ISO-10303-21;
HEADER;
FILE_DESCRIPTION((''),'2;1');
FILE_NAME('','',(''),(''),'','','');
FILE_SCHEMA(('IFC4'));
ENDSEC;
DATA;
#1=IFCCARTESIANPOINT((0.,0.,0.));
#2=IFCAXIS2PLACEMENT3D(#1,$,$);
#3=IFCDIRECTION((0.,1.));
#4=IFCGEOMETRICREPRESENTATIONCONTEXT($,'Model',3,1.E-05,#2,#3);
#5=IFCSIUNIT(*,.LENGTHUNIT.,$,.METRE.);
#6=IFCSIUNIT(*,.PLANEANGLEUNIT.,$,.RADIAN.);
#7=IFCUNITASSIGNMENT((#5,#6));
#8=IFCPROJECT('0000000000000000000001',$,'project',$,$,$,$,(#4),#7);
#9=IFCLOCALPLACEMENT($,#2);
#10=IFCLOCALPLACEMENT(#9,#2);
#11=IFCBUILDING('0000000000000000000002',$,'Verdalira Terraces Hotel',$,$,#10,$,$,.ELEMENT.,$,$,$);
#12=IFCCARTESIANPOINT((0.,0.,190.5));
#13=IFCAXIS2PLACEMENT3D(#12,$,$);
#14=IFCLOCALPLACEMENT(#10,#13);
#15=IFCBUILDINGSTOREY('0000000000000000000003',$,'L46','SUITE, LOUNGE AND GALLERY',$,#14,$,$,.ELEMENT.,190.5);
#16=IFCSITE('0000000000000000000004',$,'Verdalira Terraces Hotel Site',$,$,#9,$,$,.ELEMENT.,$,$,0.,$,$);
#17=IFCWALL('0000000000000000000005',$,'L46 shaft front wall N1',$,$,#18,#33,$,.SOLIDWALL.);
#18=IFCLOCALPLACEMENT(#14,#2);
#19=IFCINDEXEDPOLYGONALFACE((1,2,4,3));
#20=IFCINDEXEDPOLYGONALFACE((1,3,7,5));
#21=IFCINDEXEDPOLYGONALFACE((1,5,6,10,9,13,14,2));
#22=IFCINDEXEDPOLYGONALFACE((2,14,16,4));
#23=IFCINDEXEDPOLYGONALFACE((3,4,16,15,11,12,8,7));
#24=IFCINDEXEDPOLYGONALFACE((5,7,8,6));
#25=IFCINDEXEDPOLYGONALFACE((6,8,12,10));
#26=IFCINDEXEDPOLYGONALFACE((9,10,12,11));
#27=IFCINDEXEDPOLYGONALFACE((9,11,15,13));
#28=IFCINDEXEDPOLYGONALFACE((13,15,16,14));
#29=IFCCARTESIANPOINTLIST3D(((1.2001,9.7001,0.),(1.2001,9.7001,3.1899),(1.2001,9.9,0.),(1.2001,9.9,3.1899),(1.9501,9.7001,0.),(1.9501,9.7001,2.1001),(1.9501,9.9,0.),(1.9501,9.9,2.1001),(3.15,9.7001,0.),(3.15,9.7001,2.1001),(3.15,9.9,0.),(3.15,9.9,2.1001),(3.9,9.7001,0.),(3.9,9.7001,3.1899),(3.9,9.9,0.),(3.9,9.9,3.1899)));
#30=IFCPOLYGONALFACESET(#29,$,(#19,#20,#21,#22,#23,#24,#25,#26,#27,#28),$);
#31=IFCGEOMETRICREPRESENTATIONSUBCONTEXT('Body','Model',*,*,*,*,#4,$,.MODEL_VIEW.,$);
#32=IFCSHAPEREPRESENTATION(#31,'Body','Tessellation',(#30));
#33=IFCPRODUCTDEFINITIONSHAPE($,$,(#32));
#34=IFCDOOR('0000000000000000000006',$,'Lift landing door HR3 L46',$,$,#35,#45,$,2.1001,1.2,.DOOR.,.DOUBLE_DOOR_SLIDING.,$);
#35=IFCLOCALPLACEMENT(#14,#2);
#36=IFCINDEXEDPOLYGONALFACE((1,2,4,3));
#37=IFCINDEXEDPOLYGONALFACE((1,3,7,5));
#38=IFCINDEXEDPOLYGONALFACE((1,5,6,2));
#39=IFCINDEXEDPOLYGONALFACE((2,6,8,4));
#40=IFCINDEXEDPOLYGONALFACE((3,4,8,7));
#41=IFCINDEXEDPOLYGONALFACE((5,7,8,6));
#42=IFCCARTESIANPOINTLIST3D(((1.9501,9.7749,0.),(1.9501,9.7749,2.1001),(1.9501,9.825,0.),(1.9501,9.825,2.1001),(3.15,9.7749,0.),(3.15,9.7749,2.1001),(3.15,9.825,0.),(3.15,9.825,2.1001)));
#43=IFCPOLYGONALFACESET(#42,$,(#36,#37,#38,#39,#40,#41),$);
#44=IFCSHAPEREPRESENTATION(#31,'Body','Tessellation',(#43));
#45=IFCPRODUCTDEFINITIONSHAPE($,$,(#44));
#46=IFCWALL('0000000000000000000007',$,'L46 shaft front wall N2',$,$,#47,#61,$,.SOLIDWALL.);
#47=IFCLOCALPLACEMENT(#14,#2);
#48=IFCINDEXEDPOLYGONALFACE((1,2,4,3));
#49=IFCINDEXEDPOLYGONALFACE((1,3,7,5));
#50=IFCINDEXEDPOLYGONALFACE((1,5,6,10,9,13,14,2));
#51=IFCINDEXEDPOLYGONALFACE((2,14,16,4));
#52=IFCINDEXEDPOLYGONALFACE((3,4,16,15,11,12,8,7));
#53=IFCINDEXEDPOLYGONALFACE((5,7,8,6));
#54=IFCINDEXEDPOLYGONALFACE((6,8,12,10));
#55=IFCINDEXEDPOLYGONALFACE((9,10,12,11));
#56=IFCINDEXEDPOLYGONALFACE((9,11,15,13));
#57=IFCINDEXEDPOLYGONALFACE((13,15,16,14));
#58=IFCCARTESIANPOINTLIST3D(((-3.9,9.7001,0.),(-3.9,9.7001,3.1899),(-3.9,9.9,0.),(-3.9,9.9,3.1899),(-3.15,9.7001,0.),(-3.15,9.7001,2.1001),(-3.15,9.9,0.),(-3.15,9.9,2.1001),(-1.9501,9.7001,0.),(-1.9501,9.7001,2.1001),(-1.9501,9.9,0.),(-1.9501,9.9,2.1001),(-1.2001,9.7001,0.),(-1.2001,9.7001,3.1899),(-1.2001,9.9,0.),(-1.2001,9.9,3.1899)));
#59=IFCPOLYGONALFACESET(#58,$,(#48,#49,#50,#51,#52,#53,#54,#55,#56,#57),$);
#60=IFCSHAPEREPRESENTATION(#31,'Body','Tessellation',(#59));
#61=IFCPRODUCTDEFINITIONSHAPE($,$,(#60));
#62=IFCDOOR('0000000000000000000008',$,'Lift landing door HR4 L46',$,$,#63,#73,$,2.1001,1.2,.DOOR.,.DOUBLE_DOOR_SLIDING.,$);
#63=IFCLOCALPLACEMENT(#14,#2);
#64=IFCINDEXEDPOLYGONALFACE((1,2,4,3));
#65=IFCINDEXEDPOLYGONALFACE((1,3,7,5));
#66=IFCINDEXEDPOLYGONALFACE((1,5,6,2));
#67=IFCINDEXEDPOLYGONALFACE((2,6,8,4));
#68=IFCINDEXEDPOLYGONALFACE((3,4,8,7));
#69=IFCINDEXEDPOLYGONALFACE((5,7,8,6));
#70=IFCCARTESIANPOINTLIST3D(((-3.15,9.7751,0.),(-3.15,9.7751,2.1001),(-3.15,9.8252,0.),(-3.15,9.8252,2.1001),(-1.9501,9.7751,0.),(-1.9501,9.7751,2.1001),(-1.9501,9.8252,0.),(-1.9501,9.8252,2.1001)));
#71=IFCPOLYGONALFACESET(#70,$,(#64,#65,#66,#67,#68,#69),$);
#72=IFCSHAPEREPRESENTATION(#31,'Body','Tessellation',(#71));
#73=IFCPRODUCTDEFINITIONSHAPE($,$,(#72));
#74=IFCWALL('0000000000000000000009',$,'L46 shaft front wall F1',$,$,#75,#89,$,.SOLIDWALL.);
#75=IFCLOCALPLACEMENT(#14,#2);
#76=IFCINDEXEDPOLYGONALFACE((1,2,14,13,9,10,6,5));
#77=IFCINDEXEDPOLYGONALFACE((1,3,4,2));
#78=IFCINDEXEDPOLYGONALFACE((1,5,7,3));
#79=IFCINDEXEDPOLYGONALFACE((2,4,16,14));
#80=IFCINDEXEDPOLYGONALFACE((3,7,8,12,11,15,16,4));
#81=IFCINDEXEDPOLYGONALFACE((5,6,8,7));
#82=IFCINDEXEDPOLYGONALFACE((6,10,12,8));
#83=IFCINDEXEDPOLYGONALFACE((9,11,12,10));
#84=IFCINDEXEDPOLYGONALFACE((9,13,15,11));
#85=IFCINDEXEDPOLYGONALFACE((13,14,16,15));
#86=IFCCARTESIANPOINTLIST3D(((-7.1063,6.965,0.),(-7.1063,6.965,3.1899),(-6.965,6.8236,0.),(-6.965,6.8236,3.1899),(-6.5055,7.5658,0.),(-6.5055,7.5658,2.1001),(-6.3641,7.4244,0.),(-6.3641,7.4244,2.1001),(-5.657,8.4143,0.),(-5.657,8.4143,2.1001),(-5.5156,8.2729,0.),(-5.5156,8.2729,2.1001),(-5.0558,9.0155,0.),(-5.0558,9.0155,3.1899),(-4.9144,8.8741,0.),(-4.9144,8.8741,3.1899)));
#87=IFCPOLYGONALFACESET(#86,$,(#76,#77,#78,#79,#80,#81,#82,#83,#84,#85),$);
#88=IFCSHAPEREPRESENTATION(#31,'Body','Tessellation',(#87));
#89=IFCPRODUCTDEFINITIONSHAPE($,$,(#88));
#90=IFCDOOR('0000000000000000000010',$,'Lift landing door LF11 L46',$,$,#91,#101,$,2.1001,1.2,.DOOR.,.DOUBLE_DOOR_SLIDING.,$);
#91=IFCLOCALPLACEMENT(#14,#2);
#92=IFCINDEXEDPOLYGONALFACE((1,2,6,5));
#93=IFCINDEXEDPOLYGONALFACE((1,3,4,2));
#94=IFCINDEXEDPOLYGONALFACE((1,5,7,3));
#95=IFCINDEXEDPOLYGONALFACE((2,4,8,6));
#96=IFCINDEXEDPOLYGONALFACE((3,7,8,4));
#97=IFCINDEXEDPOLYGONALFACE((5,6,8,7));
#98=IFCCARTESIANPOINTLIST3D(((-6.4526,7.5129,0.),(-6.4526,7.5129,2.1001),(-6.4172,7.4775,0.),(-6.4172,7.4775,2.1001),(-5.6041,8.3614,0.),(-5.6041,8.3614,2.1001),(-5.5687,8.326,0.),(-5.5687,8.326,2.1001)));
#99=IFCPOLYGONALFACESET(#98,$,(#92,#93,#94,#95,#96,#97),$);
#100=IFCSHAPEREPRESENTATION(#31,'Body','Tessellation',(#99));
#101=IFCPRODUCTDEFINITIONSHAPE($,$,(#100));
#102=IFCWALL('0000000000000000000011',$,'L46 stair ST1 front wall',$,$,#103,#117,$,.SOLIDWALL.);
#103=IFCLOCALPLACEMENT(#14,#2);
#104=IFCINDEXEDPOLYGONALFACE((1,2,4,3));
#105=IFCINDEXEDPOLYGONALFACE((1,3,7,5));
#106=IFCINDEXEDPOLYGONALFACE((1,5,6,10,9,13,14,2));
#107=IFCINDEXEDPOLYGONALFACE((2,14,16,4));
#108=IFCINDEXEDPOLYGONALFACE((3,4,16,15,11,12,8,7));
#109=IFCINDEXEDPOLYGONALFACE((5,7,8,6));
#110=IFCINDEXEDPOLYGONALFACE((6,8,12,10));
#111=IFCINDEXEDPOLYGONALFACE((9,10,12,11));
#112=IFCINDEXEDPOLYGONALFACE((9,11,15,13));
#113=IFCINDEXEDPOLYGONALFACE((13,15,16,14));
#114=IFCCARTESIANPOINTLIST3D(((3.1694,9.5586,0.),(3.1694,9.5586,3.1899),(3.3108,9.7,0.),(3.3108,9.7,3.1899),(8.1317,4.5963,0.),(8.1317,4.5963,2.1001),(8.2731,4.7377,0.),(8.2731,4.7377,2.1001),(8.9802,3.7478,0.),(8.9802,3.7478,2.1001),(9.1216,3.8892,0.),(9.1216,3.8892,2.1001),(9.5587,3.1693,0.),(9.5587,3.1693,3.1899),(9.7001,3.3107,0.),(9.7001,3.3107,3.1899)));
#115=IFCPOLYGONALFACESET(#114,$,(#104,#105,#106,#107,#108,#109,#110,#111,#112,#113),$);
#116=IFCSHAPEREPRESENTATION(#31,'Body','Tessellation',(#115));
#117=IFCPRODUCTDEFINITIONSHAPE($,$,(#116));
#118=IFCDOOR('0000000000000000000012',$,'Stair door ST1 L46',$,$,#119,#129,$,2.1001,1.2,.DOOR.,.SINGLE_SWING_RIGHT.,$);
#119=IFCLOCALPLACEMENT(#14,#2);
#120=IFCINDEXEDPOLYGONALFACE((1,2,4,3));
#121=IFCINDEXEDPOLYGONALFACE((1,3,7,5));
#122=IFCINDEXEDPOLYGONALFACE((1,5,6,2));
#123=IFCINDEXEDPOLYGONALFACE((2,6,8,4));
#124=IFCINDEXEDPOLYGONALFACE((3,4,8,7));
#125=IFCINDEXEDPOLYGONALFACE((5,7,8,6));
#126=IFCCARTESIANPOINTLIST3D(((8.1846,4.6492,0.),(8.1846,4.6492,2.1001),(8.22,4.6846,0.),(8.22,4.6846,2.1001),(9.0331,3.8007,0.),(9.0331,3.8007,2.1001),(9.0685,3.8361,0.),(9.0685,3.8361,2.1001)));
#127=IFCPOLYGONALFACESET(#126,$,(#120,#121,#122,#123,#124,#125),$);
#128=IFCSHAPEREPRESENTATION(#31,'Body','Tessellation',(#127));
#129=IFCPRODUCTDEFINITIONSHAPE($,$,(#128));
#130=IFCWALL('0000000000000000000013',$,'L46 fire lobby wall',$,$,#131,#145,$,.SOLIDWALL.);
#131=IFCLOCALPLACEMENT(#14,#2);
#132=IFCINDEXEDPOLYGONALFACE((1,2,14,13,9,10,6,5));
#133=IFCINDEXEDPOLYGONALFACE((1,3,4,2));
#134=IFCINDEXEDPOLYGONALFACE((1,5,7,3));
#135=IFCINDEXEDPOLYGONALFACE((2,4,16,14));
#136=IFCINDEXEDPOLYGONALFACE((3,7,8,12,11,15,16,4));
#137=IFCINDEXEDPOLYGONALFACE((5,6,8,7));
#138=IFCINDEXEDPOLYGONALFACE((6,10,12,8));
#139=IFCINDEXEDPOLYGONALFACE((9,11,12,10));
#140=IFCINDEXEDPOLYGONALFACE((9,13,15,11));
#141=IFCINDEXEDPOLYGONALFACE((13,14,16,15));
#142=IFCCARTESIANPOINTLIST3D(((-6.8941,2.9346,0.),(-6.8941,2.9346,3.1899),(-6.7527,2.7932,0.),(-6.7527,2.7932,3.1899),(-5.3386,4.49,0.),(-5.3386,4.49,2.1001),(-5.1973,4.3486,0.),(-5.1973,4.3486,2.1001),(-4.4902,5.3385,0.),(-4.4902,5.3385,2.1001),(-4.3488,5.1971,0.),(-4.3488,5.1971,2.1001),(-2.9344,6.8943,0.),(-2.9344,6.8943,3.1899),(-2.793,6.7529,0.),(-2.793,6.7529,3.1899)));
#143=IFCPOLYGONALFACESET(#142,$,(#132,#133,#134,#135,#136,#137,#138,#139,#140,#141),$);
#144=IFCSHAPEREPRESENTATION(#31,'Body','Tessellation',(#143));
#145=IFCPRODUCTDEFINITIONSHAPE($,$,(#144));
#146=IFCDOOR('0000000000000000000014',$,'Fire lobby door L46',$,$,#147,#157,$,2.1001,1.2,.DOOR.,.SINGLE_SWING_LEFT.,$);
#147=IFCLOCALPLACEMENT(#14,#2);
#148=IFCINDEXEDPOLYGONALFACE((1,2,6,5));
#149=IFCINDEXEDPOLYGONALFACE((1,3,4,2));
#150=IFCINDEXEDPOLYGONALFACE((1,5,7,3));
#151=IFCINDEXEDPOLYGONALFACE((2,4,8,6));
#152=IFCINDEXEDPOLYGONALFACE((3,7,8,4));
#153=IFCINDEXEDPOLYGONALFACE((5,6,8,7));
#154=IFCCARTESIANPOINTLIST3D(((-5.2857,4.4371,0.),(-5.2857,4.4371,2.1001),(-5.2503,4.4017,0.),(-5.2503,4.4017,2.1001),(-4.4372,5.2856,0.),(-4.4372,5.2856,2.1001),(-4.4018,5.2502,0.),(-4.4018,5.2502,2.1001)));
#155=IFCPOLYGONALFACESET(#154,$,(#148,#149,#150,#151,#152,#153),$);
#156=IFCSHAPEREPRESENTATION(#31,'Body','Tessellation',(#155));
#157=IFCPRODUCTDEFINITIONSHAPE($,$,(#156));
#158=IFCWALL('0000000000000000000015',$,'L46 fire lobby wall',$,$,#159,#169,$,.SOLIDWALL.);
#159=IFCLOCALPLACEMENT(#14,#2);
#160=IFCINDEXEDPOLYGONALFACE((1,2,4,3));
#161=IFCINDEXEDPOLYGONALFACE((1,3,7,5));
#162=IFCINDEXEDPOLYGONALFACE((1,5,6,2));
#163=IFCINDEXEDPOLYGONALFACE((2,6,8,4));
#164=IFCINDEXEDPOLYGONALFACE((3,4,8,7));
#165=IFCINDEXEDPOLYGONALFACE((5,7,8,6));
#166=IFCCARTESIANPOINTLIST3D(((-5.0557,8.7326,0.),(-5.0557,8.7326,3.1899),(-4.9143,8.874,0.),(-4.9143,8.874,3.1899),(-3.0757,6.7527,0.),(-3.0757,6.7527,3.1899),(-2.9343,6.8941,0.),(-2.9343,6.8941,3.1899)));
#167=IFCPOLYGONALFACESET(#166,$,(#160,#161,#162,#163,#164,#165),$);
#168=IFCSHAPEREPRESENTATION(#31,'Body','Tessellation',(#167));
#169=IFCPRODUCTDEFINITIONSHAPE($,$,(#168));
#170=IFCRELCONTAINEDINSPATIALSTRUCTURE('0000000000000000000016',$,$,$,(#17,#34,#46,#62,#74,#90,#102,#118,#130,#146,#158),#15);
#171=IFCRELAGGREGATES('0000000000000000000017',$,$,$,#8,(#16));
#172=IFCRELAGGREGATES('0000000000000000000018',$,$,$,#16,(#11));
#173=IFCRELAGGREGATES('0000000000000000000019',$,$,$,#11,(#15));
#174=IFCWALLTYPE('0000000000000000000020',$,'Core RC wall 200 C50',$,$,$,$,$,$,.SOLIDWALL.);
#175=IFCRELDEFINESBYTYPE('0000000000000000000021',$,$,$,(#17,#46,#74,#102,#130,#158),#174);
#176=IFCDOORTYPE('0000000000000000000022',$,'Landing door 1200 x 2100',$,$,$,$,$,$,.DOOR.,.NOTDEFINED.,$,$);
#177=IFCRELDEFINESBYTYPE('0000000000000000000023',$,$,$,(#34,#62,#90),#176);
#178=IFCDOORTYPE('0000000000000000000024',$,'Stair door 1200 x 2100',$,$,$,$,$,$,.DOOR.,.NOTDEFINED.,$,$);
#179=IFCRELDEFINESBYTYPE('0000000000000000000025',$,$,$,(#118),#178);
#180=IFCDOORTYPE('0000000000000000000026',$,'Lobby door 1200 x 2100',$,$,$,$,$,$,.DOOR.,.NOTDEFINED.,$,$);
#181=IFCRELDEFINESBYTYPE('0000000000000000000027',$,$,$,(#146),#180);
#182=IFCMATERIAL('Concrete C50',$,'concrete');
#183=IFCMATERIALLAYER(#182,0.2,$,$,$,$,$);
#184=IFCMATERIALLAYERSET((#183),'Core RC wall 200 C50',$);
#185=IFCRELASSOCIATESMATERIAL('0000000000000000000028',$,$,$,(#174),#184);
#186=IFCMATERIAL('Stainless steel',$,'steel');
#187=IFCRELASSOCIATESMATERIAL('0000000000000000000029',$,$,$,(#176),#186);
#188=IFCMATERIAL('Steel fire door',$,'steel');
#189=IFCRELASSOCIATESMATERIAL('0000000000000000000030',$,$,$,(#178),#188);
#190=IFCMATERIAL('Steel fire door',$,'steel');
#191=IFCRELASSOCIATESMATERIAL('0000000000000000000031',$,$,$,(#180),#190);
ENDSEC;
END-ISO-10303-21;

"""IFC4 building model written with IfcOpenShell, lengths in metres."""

from ifc_helpers import new_model, si_unit, direction, frame, frame_2d, origin, place, context, subcontext, project, spatial, rectangle, extrude, material, layer, layer_set, type_object, element, fill, save


model = new_model("IFC4")

# Units and contexts
model_context = context("Model", 3, precision=1e-05, world=origin(), true_north=direction((0.0, 1.0)))
body_context = subcontext(model_context, "Body", "Model", "MODEL_VIEW")
ifc_project = project(units=[si_unit("LENGTHUNIT", "METRE"), si_unit("PLANEANGLEUNIT", "RADIAN")], contexts=[model_context])

# Site, building, storey
site_placement = place(None, origin())
site = spatial("IfcSite", under=ifc_project, at=site_placement, Name="Verdalira Terraces Hotel Site", CompositionType="ELEMENT", RefElevation=0.0)
building_placement = place(site_placement, origin())
building = spatial("IfcBuilding", under=site, at=building_placement, Name="Verdalira Terraces Hotel", CompositionType="ELEMENT")
storey_placement = place(building_placement, frame((0.0, 0.0, 190.5)))
storey = spatial("IfcBuildingStorey", under=building, at=storey_placement, Name="L46", Description="SUITE, LOUNGE AND GALLERY", CompositionType="ELEMENT", Elevation=190.5)

# Walls, openings, doors
ifc_material_1 = material(Name="Concrete C50", Category="concrete")
ifc_layer_1 = layer(ifc_material_1, 0.2)
ifc_layer_set_1 = layer_set([ifc_layer_1], Name="Core RC wall 200 C50")
wall_type_1 = type_object("IfcWallType", Name="Core RC wall 200 C50", PredefinedType="SOLIDWALL", material=ifc_layer_set_1)
wall_1_placement = place(storey_placement, frame((1.2, 9.8, 0.0), z_axis=(0.0, 0.0, 1.0), x_axis=(1.0, 0.0, 0.0)))
wall_1 = element("IfcWall", 1, at=wall_1_placement, inside=storey, type_object=wall_type_1, Name="L46 shaft front wall N1", PredefinedType="SOLIDWALL", context=body_context, shape_type="SweptSolid", body=[
    extrude(rectangle(XDim=2.7, YDim=0.2, at=frame_2d((1.3501, 0.0))), origin(), (0.0, 0.0, 1.0), 3.1899),
])
opening_1_placement = place(wall_1_placement, frame((0.75, 0.0, 0.0)))
opening_1 = element("IfcOpeningElement", 2, at=opening_1_placement, cuts=wall_1, PredefinedType="OPENING", context=body_context, shape_type="SweptSolid", body=[
    extrude(rectangle(XDim=1.2, YDim=2.1001, at=frame_2d((0.6001, 1.05))), frame((0.0, 0.1099, 0.0), z_axis=(0.0, -1.0, 0.0), x_axis=(1.0, 0.0, 0.0)), (0.0, 0.0, 1.0), 0.22),
])
ifc_material_2 = material(Name="Stainless steel", Category="steel")
door_type_1 = type_object("IfcDoorType", Name="Landing door 1200 x 2100", OperationType="NOTDEFINED", PredefinedType="DOOR", material=ifc_material_2)
door_1_placement = place(opening_1_placement, origin())
door_1 = element("IfcDoor", 3, at=door_1_placement, inside=storey, type_object=door_type_1, Name="Lift landing door HR3 L46", OperationType="DOUBLE_DOOR_SLIDING", OverallHeight=2.1001, OverallWidth=1.2, PredefinedType="DOOR", context=body_context, shape_type="SweptSolid", body=[
    extrude(rectangle(XDim=1.2, YDim=2.1001, at=frame_2d((0.6001, 1.05))), frame((0.0, 0.0249, 0.0), z_axis=(0.0, -1.0, 0.0), x_axis=(1.0, 0.0, 0.0)), (0.0, 0.0, 1.0), 0.05),
])
fill(opening_1, door_1)
wall_2_placement = place(storey_placement, frame((-1.2, 9.8, 0.0), z_axis=(0.0, 0.0, 1.0), x_axis=(-1.0, 0.0, 0.0)))
wall_2 = element("IfcWall", 4, at=wall_2_placement, inside=storey, type_object=wall_type_1, Name="L46 shaft front wall N2", PredefinedType="SOLIDWALL", context=body_context, shape_type="SweptSolid", body=[
    extrude(rectangle(XDim=2.7, YDim=0.2, at=frame_2d((1.3501, 0.0))), origin(), (0.0, 0.0, 1.0), 3.1899),
])
opening_2_placement = place(wall_2_placement, frame((0.75, 0.0, 0.0)))
opening_2 = element("IfcOpeningElement", 5, at=opening_2_placement, cuts=wall_2, PredefinedType="OPENING", context=body_context, shape_type="SweptSolid", body=[
    extrude(rectangle(XDim=1.2, YDim=2.1001, at=frame_2d((0.6001, 1.05))), frame((0.0, 0.1099, 0.0), z_axis=(0.0, -1.0, 0.0), x_axis=(1.0, 0.0, 0.0)), (0.0, 0.0, 1.0), 0.22),
])
door_2_placement = place(opening_2_placement, origin())
door_2 = element("IfcDoor", 6, at=door_2_placement, inside=storey, type_object=door_type_1, Name="Lift landing door HR4 L46", OperationType="DOUBLE_DOOR_SLIDING", OverallHeight=2.1001, OverallWidth=1.2, PredefinedType="DOOR", context=body_context, shape_type="SweptSolid", body=[
    extrude(rectangle(XDim=1.2, YDim=2.1001, at=frame_2d((0.6001, 1.05))), frame((0.0, 0.0249, 0.0), z_axis=(0.0, -1.0, 0.0), x_axis=(1.0, 0.0, 0.0)), (0.0, 0.0, 1.0), 0.05),
])
fill(opening_2, door_2)
wall_3_placement = place(storey_placement, frame((-4.9851, 8.9448, 0.0), z_axis=(0.0, 0.0, 1.0), x_axis=(-0.707107, -0.707107, 0.0)))
wall_3 = element("IfcWall", 7, at=wall_3_placement, inside=storey, type_object=wall_type_1, Name="L46 shaft front wall F1", PredefinedType="SOLIDWALL", context=body_context, shape_type="SweptSolid", body=[
    extrude(rectangle(XDim=2.8999, YDim=0.2, at=frame_2d((1.45, 0.0))), origin(), (0.0, 0.0, 1.0), 3.1899),
])
opening_3_placement = place(wall_3_placement, frame((0.8501, 0.0, 0.0)))
opening_3 = element("IfcOpeningElement", 8, at=opening_3_placement, cuts=wall_3, PredefinedType="OPENING", context=body_context, shape_type="SweptSolid", body=[
    extrude(rectangle(XDim=1.2, YDim=2.1001, at=frame_2d((0.6001, 1.05))), frame((0.0, 0.1099, 0.0), z_axis=(0.0, -1.0, 0.0), x_axis=(1.0, 0.0, 0.0)), (0.0, 0.0, 1.0), 0.22),
])
door_3_placement = place(opening_3_placement, origin())
door_3 = element("IfcDoor", 9, at=door_3_placement, inside=storey, type_object=door_type_1, Name="Lift landing door LF11 L46", OperationType="DOUBLE_DOOR_SLIDING", OverallHeight=2.1001, OverallWidth=1.2, PredefinedType="DOOR", context=body_context, shape_type="SweptSolid", body=[
    extrude(rectangle(XDim=1.2, YDim=2.1001, at=frame_2d((0.6001, 1.05))), frame((0.0, 0.0249, 0.0), z_axis=(0.0, -1.0, 0.0), x_axis=(1.0, 0.0, 0.0)), (0.0, 0.0, 1.0), 0.05),
])
fill(opening_3, door_3)
wall_4_placement = place(storey_placement, frame((3.24, 9.6294, 0.0), z_axis=(0.0, 0.0, 1.0), x_axis=(0.707107, -0.707107, 0.0)))
wall_4 = element("IfcWall", 10, at=wall_4_placement, inside=storey, type_object=wall_type_1, Name="L46 stair ST1 front wall", PredefinedType="SOLIDWALL", context=body_context, shape_type="SweptSolid", body=[
    extrude(rectangle(XDim=9.0359, YDim=0.2, at=frame_2d((4.5181, 0.0))), origin(), (0.0, 0.0, 1.0), 3.1899),
])
opening_4_placement = place(wall_4_placement, frame((7.0178, 0.0, 0.0)))
opening_4 = element("IfcOpeningElement", 11, at=opening_4_placement, cuts=wall_4, PredefinedType="OPENING", context=body_context, shape_type="SweptSolid", body=[
    extrude(rectangle(XDim=1.2, YDim=2.1001, at=frame_2d((0.6001, 1.05))), frame((0.0, 0.1099, 0.0), z_axis=(0.0, -1.0, 0.0), x_axis=(1.0, 0.0, 0.0)), (0.0, 0.0, 1.0), 0.22),
])
ifc_material_3 = material(Name="Steel fire door", Category="steel")
door_type_2 = type_object("IfcDoorType", Name="Stair door 1200 x 2100", OperationType="NOTDEFINED", PredefinedType="DOOR", material=ifc_material_3)
door_4_placement = place(opening_4_placement, origin())
door_4 = element("IfcDoor", 12, at=door_4_placement, inside=storey, type_object=door_type_2, Name="Stair door ST1 L46", OperationType="SINGLE_SWING_RIGHT", OverallHeight=2.1001, OverallWidth=1.2, PredefinedType="DOOR", context=body_context, shape_type="SweptSolid", body=[
    extrude(rectangle(XDim=1.2, YDim=2.1001, at=frame_2d((0.6001, 1.05))), frame((0.0, 0.0249, 0.0), z_axis=(0.0, -1.0, 0.0), x_axis=(1.0, 0.0, 0.0)), (0.0, 0.0, 1.0), 0.05),
])
fill(opening_4, door_4)
wall_5_placement = place(storey_placement, frame((-2.8638, 6.8235, 0.0), z_axis=(0.0, 0.0, 1.0), x_axis=(-0.707107, -0.707107, 0.0)))
wall_5 = element("IfcWall", 13, at=wall_5_placement, inside=storey, type_object=wall_type_1, Name="L46 fire lobby wall", PredefinedType="SOLIDWALL", context=body_context, shape_type="SweptSolid", body=[
    extrude(rectangle(XDim=5.5999, YDim=0.2, at=frame_2d((2.7998, 0.0))), origin(), (0.0, 0.0, 1.0), 3.1899),
])
opening_5_placement = place(wall_5_placement, frame((2.2, 0.0, 0.0)))
opening_5 = element("IfcOpeningElement", 14, at=opening_5_placement, cuts=wall_5, PredefinedType="OPENING", context=body_context, shape_type="SweptSolid", body=[
    extrude(rectangle(XDim=1.2, YDim=2.1001, at=frame_2d((0.6001, 1.05))), frame((0.0, 0.1099, 0.0), z_axis=(0.0, -1.0, 0.0), x_axis=(1.0, 0.0, 0.0)), (0.0, 0.0, 1.0), 0.22),
])
ifc_material_4 = material(Name="Steel fire door", Category="steel")
door_type_3 = type_object("IfcDoorType", Name="Lobby door 1200 x 2100", OperationType="NOTDEFINED", PredefinedType="DOOR", material=ifc_material_4)
door_5_placement = place(opening_5_placement, origin())
door_5 = element("IfcDoor", 15, at=door_5_placement, inside=storey, type_object=door_type_3, Name="Fire lobby door L46", OperationType="SINGLE_SWING_LEFT", OverallHeight=2.1001, OverallWidth=1.2, PredefinedType="DOOR", context=body_context, shape_type="SweptSolid", body=[
    extrude(rectangle(XDim=1.2, YDim=2.1001, at=frame_2d((0.6001, 1.05))), frame((0.0, 0.0249, 0.0), z_axis=(0.0, -1.0, 0.0), x_axis=(1.0, 0.0, 0.0)), (0.0, 0.0, 1.0), 0.05),
])
fill(opening_5, door_5)

# Wall
for number, where, z_axis, x_axis, name in (
    (16, (-3.0051, 6.8235, 0.0), (0.0, 0.0, 1.0), (-0.707107, 0.707107, 0.0), "L46 fire lobby wall"),
):
    element("IfcWall", number, at=place(storey_placement, frame(where, z_axis=z_axis, x_axis=x_axis)), inside=storey, type_object=wall_type_1, Name=name, PredefinedType="SOLIDWALL", context=body_context, shape_type="SweptSolid", body=[
        extrude(rectangle(XDim=2.8, YDim=0.2, at=frame_2d((1.3999, 0.0))), origin(), (0.0, 0.0, 1.0), 3.1899),
    ])

save(model, "model.ifc")
